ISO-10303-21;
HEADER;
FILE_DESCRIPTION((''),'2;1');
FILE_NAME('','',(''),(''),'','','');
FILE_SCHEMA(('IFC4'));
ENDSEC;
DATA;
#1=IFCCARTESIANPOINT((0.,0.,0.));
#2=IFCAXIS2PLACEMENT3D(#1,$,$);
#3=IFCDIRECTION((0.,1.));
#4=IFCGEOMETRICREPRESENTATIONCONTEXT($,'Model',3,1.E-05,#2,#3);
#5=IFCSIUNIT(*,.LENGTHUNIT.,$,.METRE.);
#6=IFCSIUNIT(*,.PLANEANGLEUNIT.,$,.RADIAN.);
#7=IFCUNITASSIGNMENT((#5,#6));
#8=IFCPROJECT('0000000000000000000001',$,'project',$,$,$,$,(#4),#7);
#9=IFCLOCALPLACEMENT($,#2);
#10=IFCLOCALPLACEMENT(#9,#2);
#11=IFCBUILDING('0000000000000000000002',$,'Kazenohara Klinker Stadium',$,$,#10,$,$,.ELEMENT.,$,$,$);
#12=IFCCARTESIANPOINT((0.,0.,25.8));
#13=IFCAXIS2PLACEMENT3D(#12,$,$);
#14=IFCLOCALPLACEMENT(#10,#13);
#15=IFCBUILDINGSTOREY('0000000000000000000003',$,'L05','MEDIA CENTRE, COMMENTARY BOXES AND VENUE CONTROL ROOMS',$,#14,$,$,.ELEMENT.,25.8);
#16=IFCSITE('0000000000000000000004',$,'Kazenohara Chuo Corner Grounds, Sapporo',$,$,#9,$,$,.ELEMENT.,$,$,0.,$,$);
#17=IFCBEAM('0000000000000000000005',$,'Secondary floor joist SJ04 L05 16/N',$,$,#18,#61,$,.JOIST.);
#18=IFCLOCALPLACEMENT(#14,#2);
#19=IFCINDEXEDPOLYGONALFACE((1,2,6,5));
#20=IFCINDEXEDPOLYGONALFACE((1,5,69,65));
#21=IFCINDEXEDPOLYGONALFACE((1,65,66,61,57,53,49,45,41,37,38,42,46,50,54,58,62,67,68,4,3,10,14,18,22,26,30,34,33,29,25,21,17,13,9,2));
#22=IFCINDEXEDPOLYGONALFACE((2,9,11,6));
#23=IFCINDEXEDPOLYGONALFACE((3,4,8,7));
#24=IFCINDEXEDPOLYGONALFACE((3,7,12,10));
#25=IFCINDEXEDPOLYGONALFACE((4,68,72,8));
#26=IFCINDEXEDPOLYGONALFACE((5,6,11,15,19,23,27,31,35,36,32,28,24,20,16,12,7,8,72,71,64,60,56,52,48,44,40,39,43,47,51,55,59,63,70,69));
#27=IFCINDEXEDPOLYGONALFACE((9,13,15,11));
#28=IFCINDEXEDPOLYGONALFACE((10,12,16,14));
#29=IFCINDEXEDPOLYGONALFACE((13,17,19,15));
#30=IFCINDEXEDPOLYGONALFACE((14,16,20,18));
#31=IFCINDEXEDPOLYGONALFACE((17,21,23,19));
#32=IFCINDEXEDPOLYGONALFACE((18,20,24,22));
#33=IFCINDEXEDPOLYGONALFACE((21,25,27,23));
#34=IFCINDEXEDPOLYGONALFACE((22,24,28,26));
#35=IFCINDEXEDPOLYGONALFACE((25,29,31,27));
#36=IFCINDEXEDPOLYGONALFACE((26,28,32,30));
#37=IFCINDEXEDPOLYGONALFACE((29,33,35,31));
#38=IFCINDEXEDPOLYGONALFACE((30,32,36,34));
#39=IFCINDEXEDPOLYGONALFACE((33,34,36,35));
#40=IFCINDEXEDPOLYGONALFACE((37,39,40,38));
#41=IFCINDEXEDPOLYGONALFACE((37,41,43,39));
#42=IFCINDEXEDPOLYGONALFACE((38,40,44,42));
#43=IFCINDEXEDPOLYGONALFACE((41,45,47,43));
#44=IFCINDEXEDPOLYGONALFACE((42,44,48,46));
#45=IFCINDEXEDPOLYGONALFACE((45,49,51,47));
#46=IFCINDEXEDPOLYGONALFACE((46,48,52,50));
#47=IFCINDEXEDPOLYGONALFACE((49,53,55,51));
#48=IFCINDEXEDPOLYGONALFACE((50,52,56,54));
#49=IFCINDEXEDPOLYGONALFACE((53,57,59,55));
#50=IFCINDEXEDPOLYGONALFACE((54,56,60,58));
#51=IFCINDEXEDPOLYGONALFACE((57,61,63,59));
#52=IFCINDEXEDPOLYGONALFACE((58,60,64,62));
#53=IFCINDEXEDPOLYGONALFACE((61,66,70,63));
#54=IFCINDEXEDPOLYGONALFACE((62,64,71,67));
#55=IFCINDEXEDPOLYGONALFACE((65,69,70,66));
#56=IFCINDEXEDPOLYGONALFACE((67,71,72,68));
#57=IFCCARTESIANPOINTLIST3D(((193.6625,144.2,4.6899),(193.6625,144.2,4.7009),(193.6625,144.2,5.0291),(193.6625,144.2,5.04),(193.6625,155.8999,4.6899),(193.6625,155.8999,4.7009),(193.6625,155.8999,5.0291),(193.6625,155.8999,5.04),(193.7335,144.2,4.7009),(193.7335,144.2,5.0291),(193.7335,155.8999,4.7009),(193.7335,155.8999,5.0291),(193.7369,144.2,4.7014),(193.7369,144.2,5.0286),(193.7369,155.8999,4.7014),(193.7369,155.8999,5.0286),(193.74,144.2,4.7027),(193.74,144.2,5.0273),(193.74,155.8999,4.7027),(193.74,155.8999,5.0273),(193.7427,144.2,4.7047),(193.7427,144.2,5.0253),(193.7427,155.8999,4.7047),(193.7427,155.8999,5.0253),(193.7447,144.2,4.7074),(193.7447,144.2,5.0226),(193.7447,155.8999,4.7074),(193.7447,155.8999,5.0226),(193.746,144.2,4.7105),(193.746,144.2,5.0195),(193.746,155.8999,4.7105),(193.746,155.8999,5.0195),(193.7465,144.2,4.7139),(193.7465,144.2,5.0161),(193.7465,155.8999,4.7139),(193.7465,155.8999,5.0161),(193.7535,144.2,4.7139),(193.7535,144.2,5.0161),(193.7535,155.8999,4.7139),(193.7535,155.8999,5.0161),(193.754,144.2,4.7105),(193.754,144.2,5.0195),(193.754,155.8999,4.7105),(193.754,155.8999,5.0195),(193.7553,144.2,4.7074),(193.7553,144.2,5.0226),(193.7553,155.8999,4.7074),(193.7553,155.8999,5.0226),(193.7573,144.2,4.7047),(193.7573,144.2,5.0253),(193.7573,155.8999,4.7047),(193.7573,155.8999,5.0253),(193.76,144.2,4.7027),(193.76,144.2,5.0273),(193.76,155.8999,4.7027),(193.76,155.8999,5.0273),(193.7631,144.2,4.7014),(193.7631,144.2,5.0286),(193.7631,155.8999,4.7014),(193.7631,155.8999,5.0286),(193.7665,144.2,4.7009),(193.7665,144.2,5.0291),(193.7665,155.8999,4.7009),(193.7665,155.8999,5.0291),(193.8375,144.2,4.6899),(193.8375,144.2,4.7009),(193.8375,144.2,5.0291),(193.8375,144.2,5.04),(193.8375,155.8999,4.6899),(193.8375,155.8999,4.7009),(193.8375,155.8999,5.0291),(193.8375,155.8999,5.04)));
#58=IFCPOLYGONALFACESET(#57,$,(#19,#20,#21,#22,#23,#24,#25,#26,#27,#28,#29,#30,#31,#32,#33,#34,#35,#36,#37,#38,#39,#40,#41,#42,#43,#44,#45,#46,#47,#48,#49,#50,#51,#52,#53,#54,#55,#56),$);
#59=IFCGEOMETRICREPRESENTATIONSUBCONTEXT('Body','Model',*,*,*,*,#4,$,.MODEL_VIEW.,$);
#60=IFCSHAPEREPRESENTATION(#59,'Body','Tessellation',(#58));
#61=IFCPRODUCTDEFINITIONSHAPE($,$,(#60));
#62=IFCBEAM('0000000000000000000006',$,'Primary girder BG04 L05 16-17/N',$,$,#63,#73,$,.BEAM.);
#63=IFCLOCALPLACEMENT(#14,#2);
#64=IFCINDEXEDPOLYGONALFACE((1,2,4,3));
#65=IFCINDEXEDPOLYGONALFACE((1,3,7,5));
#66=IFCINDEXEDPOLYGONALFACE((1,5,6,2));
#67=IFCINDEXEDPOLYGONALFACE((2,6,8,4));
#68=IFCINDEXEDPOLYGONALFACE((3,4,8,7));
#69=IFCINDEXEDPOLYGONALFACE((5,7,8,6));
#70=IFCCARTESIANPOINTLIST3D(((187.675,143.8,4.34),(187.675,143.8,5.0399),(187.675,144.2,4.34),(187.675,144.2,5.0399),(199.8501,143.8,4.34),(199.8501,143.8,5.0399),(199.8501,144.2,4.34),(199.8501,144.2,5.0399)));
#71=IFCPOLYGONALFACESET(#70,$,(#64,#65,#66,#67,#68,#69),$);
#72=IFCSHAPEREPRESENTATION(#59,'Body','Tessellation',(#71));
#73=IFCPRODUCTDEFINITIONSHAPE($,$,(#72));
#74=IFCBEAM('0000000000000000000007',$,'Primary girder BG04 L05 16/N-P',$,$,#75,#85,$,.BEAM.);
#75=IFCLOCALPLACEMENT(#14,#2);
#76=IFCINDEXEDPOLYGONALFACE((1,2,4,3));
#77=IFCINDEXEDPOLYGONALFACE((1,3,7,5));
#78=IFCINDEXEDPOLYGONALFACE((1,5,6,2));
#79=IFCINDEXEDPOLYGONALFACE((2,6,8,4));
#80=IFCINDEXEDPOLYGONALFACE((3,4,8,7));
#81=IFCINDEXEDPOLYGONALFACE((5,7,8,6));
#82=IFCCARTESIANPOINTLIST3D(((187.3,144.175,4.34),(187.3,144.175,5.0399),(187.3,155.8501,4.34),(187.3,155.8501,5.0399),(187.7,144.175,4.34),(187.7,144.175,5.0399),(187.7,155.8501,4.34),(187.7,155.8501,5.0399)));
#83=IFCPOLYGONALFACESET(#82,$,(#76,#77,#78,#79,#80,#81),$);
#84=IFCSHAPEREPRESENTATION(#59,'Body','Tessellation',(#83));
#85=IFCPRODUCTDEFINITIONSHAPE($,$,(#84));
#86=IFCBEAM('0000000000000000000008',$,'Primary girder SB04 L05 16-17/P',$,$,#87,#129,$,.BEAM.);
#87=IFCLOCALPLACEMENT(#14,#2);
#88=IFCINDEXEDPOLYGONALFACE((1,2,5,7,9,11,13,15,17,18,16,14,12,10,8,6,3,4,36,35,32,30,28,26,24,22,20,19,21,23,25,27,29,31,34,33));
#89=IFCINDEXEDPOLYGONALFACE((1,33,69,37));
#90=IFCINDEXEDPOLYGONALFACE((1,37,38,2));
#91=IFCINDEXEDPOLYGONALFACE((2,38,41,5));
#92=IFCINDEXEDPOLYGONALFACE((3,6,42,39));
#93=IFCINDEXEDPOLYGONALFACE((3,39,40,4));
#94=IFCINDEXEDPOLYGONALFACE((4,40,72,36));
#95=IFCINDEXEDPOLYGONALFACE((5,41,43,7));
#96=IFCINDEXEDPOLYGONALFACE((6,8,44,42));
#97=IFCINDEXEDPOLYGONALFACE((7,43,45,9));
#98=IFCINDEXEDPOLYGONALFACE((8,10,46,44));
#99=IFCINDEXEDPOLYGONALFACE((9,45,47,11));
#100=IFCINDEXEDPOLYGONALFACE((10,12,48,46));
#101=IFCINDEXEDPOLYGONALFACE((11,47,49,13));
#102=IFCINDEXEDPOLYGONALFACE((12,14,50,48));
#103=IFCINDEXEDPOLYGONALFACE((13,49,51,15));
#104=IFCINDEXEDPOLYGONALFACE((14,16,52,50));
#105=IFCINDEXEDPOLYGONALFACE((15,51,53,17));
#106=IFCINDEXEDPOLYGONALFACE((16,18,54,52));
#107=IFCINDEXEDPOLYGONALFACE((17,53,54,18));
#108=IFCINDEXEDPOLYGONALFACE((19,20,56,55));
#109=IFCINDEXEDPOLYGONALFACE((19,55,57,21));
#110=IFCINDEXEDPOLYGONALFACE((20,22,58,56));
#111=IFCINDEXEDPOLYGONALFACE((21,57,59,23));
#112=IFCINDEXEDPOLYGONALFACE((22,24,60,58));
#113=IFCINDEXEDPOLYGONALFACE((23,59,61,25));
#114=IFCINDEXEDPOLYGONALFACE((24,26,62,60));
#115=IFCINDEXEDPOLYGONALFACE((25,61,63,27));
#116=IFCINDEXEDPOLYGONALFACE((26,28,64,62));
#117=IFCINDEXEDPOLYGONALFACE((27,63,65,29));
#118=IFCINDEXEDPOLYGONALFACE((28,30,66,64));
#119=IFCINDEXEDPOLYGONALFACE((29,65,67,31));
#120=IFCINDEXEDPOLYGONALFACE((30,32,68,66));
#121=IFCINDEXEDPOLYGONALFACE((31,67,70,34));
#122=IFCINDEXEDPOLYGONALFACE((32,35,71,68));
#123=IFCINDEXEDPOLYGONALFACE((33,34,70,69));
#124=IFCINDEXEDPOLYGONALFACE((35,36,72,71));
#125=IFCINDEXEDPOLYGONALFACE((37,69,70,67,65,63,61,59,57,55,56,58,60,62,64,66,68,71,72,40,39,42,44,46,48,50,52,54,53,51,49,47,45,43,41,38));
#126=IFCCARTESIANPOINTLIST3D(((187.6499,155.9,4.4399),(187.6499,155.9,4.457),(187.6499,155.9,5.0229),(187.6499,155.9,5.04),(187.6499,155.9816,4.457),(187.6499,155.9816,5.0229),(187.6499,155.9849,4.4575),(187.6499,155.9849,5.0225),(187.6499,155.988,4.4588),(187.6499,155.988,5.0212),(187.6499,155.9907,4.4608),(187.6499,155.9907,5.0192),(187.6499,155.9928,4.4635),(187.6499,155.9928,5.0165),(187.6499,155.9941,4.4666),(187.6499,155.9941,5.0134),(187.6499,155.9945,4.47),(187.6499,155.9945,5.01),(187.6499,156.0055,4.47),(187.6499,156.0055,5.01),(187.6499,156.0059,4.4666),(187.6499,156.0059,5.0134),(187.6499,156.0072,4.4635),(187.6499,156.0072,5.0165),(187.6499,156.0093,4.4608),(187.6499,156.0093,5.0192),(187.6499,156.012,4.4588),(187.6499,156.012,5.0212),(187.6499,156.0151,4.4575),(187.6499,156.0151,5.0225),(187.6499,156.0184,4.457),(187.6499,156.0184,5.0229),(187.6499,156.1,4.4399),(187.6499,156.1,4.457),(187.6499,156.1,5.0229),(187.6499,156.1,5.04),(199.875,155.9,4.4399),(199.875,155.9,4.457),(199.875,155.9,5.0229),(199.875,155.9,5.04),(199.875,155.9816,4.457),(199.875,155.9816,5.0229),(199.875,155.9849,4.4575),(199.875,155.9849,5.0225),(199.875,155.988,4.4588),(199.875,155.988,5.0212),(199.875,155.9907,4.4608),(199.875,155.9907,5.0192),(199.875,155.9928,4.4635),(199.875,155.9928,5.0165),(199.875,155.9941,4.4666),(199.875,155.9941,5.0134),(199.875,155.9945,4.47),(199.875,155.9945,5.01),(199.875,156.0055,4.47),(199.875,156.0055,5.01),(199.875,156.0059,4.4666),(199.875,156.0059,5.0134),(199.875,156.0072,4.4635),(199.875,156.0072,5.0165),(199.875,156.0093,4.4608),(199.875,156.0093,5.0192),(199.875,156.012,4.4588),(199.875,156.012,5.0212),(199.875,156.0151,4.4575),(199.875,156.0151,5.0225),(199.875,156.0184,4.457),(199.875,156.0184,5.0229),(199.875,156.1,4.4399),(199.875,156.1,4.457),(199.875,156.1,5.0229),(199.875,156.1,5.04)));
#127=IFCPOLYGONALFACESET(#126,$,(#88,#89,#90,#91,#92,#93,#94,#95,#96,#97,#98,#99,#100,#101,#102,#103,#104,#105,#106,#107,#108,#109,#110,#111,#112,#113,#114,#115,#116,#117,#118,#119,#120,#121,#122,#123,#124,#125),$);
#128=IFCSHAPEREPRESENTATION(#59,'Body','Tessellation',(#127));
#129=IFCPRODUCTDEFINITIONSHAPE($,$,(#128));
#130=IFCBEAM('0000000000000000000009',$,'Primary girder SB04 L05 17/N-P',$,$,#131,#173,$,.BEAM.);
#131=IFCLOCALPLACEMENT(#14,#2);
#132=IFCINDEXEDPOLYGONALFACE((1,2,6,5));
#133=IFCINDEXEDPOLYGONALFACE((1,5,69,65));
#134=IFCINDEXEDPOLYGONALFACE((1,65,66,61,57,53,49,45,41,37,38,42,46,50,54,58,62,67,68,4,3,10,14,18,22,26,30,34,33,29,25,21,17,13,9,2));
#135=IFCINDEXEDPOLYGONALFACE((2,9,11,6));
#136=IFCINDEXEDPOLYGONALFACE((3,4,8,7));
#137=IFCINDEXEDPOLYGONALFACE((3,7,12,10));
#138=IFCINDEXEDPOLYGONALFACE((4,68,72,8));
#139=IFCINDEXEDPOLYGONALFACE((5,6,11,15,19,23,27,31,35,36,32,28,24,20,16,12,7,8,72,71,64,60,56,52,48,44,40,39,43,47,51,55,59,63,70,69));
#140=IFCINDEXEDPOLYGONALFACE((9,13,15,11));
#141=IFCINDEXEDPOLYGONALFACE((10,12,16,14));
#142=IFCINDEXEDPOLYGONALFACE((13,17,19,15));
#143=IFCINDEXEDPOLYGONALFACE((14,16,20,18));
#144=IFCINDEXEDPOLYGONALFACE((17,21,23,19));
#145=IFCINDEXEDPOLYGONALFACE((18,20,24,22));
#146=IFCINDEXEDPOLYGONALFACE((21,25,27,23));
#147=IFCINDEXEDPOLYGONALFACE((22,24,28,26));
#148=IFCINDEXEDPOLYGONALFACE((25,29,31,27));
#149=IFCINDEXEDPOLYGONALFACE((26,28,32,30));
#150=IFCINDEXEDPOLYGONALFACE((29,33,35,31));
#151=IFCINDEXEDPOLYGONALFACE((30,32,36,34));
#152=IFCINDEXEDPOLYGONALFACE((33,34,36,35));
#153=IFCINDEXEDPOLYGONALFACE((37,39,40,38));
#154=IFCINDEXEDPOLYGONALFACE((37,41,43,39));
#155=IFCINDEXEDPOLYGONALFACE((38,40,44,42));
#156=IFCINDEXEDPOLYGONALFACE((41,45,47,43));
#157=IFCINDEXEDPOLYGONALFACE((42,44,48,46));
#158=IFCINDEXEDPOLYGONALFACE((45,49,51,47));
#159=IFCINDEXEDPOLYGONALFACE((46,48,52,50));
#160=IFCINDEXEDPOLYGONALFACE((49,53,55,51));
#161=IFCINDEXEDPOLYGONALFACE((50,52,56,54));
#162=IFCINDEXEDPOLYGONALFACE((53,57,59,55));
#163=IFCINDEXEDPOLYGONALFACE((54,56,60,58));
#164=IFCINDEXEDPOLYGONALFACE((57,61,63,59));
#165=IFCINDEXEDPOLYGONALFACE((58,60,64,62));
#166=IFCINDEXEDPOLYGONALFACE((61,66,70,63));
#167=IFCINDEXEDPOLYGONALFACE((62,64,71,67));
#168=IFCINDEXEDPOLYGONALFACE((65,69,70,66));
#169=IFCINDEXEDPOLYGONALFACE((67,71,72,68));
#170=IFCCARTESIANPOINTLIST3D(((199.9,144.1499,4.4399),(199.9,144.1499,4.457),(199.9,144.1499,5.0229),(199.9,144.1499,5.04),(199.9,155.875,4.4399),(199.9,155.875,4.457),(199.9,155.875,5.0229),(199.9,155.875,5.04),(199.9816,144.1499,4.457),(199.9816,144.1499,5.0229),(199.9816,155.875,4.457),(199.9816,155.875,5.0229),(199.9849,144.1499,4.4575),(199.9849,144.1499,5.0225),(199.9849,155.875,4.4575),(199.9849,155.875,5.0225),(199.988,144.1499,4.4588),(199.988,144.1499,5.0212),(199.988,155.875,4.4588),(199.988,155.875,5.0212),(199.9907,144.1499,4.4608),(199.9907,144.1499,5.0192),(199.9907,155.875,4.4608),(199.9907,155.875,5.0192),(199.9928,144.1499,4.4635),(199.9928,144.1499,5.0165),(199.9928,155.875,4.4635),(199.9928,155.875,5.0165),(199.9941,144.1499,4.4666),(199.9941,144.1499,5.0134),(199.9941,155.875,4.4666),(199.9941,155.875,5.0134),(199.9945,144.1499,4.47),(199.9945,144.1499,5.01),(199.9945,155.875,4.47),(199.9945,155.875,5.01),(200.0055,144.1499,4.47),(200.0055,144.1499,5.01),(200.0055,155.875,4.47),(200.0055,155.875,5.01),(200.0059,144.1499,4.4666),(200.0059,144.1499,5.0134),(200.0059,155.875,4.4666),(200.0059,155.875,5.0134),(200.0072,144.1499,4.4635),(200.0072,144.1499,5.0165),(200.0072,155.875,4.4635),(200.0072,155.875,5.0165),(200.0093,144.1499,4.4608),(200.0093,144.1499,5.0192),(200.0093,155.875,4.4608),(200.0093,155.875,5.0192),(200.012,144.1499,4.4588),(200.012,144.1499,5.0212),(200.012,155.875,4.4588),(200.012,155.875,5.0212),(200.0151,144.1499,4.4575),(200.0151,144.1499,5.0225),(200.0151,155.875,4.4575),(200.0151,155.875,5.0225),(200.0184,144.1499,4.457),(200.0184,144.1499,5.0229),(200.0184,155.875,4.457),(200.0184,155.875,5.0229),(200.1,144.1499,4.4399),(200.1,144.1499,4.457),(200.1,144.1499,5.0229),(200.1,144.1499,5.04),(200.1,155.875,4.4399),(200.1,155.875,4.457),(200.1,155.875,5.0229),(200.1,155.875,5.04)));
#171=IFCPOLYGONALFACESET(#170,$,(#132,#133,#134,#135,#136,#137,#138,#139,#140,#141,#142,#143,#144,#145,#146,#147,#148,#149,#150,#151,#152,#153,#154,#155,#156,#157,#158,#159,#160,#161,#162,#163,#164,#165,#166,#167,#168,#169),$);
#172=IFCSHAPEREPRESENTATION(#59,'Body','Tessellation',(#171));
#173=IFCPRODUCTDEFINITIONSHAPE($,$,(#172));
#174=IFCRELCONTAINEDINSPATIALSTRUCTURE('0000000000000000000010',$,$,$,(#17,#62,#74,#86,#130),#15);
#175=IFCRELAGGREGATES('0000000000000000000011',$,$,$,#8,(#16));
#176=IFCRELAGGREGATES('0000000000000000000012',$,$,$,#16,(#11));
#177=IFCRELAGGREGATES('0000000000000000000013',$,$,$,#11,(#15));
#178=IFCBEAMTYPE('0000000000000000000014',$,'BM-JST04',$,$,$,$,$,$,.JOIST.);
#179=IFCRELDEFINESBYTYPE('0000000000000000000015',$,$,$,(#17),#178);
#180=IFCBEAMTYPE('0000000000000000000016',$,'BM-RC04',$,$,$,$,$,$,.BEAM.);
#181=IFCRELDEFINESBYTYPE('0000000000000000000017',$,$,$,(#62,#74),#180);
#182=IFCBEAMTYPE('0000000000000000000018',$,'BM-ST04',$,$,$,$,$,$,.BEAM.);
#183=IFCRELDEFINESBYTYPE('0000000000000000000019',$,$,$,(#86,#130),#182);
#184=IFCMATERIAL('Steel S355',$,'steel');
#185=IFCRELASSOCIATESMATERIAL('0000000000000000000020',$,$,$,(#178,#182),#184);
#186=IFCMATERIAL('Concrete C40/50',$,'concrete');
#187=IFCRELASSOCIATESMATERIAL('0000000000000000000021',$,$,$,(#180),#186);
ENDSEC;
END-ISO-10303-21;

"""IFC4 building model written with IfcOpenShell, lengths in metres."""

from ifc_helpers import new_model, si_unit, direction, frame, origin, origin_2d, place, context, subcontext, project, spatial, rectangle, i_section, extrude, material, material_profile, profile_set, type_object, element, save


model = new_model("IFC4")

# Units and contexts
model_context = context("Model", 3, precision=1e-05, world=origin(), true_north=direction((0.0, 1.0)))
body_context = subcontext(model_context, "Body", "Model", "MODEL_VIEW")
ifc_project = project(units=[si_unit("LENGTHUNIT", "METRE"), si_unit("PLANEANGLEUNIT", "RADIAN")], contexts=[model_context])

# Site, building, storey
site_placement = place(None, origin())
site = spatial("IfcSite", under=ifc_project, at=site_placement, Name="Kazenohara Chuo Corner Grounds, Sapporo", CompositionType="ELEMENT", RefElevation=0.0)
building_placement = place(site_placement, origin())
building = spatial("IfcBuilding", under=site, at=building_placement, Name="Kazenohara Klinker Stadium", CompositionType="ELEMENT")
storey_placement = place(building_placement, frame((0.0, 0.0, 25.8)))
storey = spatial("IfcBuildingStorey", under=building, at=storey_placement, Name="L05", Description="MEDIA CENTRE, COMMENTARY BOXES AND VENUE CONTROL ROOMS", CompositionType="ELEMENT", Elevation=25.8)

# Shared definitions
ifc_material_1 = material(Name="Steel S355", Category="steel")

# Beams
ifc_material_profile_1 = material_profile(ifc_material_1, i_section(OverallWidth=0.175, OverallDepth=0.3501, WebThickness=0.0071, FlangeThickness=0.011, FilletRadius=0.0129, at=origin_2d()), Name="H-350x175x7x11")
ifc_profile_set_1 = profile_set([ifc_material_profile_1], Name="Steel S355")
beam_type_1 = type_object("IfcBeamType", Name="BM-JST04", PredefinedType="JOIST", material=ifc_profile_set_1)
beam_1_placement = place(storey_placement, frame((193.75, 144.2, 4.865), z_axis=(0.0, 1.0, 0.0), x_axis=(-1.0, 0.0, 0.0)))
element("IfcBeam", 1, at=beam_1_placement, inside=storey, type_object=beam_type_1, Name="Secondary floor joist SJ04 L05 16/N", PredefinedType="JOIST", context=body_context, shape_type="SweptSolid", body=[
    extrude(i_section(OverallWidth=0.175, OverallDepth=0.3501, WebThickness=0.0071, FlangeThickness=0.011, FilletRadius=0.0129, at=origin_2d()), origin(), (0.0, 0.0, 1.0), 11.7),
])
ifc_material_2 = material(Name="Concrete C40/50", Category="concrete")
ifc_material_profile_2 = material_profile(ifc_material_2, rectangle(XDim=0.3999, YDim=0.7, at=origin_2d()), Name="RC-BM-400x700")
ifc_profile_set_2 = profile_set([ifc_material_profile_2], Name="Concrete C40/50")
beam_type_2 = type_object("IfcBeamType", Name="BM-RC04", PredefinedType="BEAM", material=ifc_profile_set_2)
beam_2_placement = place(storey_placement, frame((187.675, 144.0, 4.6899), z_axis=(1.0, 0.0, 0.0), x_axis=(0.0, 1.0, 0.0)))
element("IfcBeam", 2, at=beam_2_placement, inside=storey, type_object=beam_type_2, Name="Primary girder BG04 L05 16-17/N", PredefinedType="BEAM", context=body_context, shape_type="SweptSolid", body=[
    extrude(rectangle(XDim=0.3999, YDim=0.7, at=origin_2d()), origin(), (0.0, 0.0, 1.0), 12.175),
])
beam_3_placement = place(storey_placement, frame((187.5, 144.175, 4.6899), z_axis=(0.0, 1.0, 0.0), x_axis=(-1.0, 0.0, 0.0)))
element("IfcBeam", 3, at=beam_3_placement, inside=storey, type_object=beam_type_2, Name="Primary girder BG04 L05 16/N-P", PredefinedType="BEAM", context=body_context, shape_type="SweptSolid", body=[
    extrude(rectangle(XDim=0.3999, YDim=0.7, at=origin_2d()), origin(), (0.0, 0.0, 1.0), 11.675),
])
ifc_material_profile_3 = material_profile(ifc_material_1, i_section(OverallWidth=0.2, OverallDepth=0.6001, WebThickness=0.011, FlangeThickness=0.0171, FilletRadius=0.0129, at=origin_2d()), Name="H-600x200x11x17")
ifc_profile_set_3 = profile_set([ifc_material_profile_3], Name="Steel S355")
beam_type_3 = type_object("IfcBeamType", Name="BM-ST04", PredefinedType="BEAM", material=ifc_profile_set_3)
beam_4_placement = place(storey_placement, frame((187.6499, 156.0, 4.74), z_axis=(1.0, 0.0, 0.0), x_axis=(0.0, 1.0, 0.0)))
element("IfcBeam", 4, at=beam_4_placement, inside=storey, type_object=beam_type_3, Name="Primary girder SB04 L05 16-17/P", PredefinedType="BEAM", context=body_context, shape_type="SweptSolid", body=[
    extrude(i_section(OverallWidth=0.2, OverallDepth=0.6001, WebThickness=0.011, FlangeThickness=0.0171, FilletRadius=0.0129, at=origin_2d()), origin(), (0.0, 0.0, 1.0), 12.2251),
])
beam_5_placement = place(storey_placement, frame((200.0, 144.1499, 4.74), z_axis=(0.0, 1.0, 0.0), x_axis=(-1.0, 0.0, 0.0)))
element("IfcBeam", 5, at=beam_5_placement, inside=storey, type_object=beam_type_3, Name="Primary girder SB04 L05 17/N-P", PredefinedType="BEAM", context=body_context, shape_type="SweptSolid", body=[
    extrude(i_section(OverallWidth=0.2, OverallDepth=0.6001, WebThickness=0.011, FlangeThickness=0.0171, FilletRadius=0.0129, at=origin_2d()), origin(), (0.0, 0.0, 1.0), 11.7251),
])

save(model, "model.ifc")
